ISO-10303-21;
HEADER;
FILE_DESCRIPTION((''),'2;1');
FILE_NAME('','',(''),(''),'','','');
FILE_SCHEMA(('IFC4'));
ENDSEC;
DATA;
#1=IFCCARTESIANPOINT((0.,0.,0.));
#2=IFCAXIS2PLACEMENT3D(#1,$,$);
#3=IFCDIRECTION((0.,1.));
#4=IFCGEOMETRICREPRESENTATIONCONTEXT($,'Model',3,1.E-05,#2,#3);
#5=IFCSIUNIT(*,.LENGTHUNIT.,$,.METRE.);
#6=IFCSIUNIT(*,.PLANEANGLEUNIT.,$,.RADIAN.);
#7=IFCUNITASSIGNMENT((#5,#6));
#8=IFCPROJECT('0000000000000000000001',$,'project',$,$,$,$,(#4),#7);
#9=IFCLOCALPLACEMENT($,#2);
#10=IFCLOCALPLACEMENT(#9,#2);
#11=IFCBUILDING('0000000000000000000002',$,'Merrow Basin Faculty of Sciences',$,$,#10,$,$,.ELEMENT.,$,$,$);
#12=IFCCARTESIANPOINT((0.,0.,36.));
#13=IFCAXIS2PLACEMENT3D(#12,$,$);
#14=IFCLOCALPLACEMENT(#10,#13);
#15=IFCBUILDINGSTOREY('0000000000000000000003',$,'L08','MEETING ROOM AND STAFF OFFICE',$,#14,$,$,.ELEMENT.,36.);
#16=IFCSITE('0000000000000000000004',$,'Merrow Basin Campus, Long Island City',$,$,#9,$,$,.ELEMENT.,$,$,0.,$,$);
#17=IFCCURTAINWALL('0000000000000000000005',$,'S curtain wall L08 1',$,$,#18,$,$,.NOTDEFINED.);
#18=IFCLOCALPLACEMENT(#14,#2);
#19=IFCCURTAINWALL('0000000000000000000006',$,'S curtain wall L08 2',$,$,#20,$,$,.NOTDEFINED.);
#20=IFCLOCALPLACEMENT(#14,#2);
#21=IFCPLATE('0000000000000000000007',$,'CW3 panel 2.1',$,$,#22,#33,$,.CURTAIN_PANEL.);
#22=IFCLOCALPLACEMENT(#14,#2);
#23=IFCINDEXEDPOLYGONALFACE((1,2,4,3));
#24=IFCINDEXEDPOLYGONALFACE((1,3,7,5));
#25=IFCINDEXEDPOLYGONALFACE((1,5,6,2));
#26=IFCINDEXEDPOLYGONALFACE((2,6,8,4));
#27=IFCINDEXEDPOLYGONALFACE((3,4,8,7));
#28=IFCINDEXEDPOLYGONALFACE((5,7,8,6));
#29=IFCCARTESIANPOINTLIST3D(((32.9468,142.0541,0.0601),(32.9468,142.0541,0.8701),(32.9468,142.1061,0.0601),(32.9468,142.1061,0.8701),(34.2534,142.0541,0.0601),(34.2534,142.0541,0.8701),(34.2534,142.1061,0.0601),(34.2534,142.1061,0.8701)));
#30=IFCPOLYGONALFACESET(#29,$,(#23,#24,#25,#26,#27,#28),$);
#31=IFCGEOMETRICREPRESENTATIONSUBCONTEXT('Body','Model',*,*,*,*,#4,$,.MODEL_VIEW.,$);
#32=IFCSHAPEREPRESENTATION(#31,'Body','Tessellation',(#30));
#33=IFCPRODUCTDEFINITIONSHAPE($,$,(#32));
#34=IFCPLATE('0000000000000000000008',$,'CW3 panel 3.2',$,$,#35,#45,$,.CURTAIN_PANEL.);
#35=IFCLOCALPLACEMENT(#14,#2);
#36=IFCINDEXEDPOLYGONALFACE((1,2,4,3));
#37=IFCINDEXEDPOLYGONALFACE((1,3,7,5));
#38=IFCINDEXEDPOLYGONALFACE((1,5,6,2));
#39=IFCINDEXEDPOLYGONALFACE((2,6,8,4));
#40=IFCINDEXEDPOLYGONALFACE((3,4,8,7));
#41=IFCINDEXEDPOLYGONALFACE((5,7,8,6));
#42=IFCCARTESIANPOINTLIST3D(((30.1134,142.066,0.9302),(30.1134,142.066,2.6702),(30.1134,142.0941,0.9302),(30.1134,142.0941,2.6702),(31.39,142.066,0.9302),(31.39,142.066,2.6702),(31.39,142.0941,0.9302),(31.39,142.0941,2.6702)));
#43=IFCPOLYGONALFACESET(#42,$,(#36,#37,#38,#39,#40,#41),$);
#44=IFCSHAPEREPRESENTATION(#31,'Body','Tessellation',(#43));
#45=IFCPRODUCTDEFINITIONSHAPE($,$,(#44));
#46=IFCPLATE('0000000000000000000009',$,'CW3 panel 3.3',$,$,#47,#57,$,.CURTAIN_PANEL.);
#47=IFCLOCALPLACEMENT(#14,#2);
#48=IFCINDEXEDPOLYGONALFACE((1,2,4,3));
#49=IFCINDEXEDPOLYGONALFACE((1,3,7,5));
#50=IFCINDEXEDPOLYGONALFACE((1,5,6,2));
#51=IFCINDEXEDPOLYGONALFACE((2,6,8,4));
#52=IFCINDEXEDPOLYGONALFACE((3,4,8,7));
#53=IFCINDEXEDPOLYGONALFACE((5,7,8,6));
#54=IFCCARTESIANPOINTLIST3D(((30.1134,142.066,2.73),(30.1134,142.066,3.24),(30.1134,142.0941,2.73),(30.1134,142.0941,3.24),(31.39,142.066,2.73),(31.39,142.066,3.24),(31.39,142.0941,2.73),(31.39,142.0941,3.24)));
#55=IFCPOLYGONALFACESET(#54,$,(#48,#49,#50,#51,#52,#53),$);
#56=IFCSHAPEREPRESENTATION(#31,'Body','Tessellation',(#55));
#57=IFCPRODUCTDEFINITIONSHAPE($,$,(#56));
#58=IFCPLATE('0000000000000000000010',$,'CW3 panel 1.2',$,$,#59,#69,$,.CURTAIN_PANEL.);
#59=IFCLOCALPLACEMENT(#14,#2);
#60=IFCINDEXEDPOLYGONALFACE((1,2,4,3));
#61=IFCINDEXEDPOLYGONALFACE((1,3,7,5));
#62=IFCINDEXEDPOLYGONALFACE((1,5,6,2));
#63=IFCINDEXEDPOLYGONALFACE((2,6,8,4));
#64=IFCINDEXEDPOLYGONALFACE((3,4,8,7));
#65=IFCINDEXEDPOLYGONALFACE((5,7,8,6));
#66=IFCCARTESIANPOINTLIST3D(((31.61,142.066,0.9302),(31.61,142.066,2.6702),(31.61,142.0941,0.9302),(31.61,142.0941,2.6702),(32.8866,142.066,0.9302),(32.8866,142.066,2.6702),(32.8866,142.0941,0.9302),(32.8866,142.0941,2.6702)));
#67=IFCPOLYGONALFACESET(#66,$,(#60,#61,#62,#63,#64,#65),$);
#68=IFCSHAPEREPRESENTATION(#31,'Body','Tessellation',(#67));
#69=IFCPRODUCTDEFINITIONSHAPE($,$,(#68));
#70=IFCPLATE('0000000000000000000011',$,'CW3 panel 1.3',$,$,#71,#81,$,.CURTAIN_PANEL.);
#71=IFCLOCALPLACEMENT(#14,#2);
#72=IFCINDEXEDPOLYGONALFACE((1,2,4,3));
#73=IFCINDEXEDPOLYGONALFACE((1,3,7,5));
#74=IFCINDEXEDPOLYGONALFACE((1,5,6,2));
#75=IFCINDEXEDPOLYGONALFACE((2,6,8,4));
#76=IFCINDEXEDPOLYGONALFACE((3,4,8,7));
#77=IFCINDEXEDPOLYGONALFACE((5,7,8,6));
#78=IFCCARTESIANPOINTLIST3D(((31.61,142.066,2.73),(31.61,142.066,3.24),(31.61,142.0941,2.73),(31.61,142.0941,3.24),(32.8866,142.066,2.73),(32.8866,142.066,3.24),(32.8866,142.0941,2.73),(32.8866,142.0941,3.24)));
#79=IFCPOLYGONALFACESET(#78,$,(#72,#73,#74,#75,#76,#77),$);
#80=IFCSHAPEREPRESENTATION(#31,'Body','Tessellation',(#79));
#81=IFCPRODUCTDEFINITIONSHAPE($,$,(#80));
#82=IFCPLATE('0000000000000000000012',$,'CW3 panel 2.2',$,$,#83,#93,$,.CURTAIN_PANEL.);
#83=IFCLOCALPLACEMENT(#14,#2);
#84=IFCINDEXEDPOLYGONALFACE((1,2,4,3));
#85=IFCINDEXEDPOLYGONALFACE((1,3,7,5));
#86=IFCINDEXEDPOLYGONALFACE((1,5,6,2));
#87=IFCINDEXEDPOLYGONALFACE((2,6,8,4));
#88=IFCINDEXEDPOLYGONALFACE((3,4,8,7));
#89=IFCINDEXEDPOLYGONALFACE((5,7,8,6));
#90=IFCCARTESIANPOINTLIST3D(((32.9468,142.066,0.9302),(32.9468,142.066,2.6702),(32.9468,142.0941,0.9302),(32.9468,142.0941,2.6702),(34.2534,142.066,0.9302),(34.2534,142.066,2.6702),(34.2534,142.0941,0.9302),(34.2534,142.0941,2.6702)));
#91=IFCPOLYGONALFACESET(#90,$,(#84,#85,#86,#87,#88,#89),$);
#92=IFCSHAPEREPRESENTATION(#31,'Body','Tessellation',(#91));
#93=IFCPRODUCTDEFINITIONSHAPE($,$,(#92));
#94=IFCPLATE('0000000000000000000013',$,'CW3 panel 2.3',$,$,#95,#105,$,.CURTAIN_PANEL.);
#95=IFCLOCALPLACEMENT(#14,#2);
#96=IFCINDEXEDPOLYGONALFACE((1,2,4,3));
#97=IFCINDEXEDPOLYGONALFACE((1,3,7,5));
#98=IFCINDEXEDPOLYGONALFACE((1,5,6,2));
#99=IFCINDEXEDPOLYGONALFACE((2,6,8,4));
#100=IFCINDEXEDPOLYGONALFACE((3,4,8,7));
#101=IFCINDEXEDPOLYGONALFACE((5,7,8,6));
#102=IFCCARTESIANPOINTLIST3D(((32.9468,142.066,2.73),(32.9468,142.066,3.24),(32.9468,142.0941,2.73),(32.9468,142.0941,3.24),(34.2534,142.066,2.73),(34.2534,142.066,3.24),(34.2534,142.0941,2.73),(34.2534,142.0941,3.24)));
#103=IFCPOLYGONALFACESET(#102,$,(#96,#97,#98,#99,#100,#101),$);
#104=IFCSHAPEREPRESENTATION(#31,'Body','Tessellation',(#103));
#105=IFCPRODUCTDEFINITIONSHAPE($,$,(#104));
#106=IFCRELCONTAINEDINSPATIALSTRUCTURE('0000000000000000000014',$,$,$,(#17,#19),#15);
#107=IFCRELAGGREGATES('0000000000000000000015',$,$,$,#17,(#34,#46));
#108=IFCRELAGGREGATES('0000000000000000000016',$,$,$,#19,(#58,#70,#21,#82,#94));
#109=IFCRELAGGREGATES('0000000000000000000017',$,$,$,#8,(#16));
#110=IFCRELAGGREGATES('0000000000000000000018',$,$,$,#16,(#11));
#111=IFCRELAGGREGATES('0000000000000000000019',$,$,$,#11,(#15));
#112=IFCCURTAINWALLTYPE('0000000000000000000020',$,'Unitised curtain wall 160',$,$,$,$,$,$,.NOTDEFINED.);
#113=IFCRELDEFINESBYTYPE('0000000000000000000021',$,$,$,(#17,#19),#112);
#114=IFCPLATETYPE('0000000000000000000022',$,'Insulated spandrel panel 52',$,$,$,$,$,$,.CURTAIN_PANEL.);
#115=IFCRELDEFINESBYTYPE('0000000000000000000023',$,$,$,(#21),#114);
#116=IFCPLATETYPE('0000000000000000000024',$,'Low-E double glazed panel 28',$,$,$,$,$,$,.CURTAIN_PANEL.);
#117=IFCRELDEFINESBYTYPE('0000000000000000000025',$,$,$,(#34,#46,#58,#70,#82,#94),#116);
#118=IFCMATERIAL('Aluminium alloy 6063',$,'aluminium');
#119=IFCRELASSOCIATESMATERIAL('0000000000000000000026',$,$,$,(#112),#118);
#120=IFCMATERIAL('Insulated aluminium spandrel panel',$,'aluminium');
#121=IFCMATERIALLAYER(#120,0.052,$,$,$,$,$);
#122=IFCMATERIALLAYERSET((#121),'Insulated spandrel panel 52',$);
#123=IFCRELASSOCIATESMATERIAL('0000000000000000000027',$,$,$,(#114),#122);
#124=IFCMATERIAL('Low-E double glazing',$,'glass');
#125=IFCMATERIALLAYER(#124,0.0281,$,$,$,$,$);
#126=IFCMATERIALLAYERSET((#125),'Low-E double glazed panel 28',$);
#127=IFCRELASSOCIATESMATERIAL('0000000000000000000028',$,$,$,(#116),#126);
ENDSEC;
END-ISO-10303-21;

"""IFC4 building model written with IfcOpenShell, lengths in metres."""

from ifc_helpers import new_model, si_unit, direction, frame, origin, origin_2d, place, context, subcontext, project, spatial, rectangle, extrude, material, layer, layer_set, type_object, element, aggregate, save


model = new_model("IFC4")

# Units and contexts
model_context = context("Model", 3, precision=1e-05, world=origin(), true_north=direction((0.0, 1.0)))
body_context = subcontext(model_context, "Body", "Model", "MODEL_VIEW")
ifc_project = project(units=[si_unit("LENGTHUNIT", "METRE"), si_unit("PLANEANGLEUNIT", "RADIAN")], contexts=[model_context])

# Site, building, storey
site_placement = place(None, origin())
site = spatial("IfcSite", under=ifc_project, at=site_placement, Name="Merrow Basin Campus, Long Island City", CompositionType="ELEMENT", RefElevation=0.0)
building_placement = place(site_placement, origin())
building = spatial("IfcBuilding", under=site, at=building_placement, Name="Merrow Basin Faculty of Sciences", CompositionType="ELEMENT")
storey_placement = place(building_placement, frame((0.0, 0.0, 36.0)))
storey = spatial("IfcBuildingStorey", under=building, at=storey_placement, Name="L08", Description="MEETING ROOM AND STAFF OFFICE", CompositionType="ELEMENT", Elevation=36.0)

# Curtain wall
ifc_material_1 = material(Name="Aluminium alloy 6063", Category="aluminium")
curtain_wall_type = type_object("IfcCurtainWallType", Name="Unitised curtain wall 160", PredefinedType="NOTDEFINED", material=ifc_material_1)
curtain_wall_1_placement = place(storey_placement, origin())
curtain_wall_1 = element("IfcCurtainWall", 1, at=curtain_wall_1_placement, inside=storey, type_object=curtain_wall_type, Name="S curtain wall L08 1", PredefinedType="NOTDEFINED")

# Curtain wall, plate
curtain_wall_2_placement = place(storey_placement, origin())
curtain_wall_2 = element("IfcCurtainWall", 2, at=curtain_wall_2_placement, inside=storey, type_object=curtain_wall_type, Name="S curtain wall L08 2", PredefinedType="NOTDEFINED")
ifc_material_2 = material(Name="Insulated aluminium spandrel panel", Category="aluminium")
ifc_layer_1 = layer(ifc_material_2, 0.052)
ifc_layer_set_1 = layer_set([ifc_layer_1], Name="Insulated spandrel panel 52")
plate_type_1 = type_object("IfcPlateType", Name="Insulated spandrel panel 52", PredefinedType="CURTAIN_PANEL", material=ifc_layer_set_1)
plate_1_placement = place(storey_placement, frame((33.6001, 142.0801, 0.0601), z_axis=(0.0, 0.0, 1.0), x_axis=(1.0, 0.0, 0.0)))
plate_1 = element("IfcPlate", 3, at=plate_1_placement, type_object=plate_type_1, Name="CW3 panel 2.1", PredefinedType="CURTAIN_PANEL", context=body_context, shape_type="SweptSolid", body=[
    extrude(rectangle(XDim=1.3066, YDim=0.052, at=origin_2d()), origin(), (0.0, 0.0, 1.0), 0.8101),
])

# Plates
ifc_material_3 = material(Name="Low-E double glazing", Category="glass")
ifc_layer_2 = layer(ifc_material_3, 0.0281)
ifc_layer_set_2 = layer_set([ifc_layer_2], Name="Low-E double glazed panel 28")
plate_type_2 = type_object("IfcPlateType", Name="Low-E double glazed panel 28", PredefinedType="CURTAIN_PANEL", material=ifc_layer_set_2)
plate_2_placement = place(storey_placement, frame((30.7517, 142.0801, 0.9302), z_axis=(0.0, 0.0, 1.0), x_axis=(1.0, 0.0, 0.0)))
plate_2 = element("IfcPlate", 4, at=plate_2_placement, type_object=plate_type_2, Name="CW3 panel 3.2", PredefinedType="CURTAIN_PANEL", context=body_context, shape_type="SweptSolid", body=[
    extrude(rectangle(XDim=1.2766, YDim=0.0281, at=origin_2d()), origin(), (0.0, 0.0, 1.0), 1.74),
])
plate_3_placement = place(storey_placement, frame((30.7517, 142.0801, 2.73), z_axis=(0.0, 0.0, 1.0), x_axis=(1.0, 0.0, 0.0)))
plate_3 = element("IfcPlate", 5, at=plate_3_placement, type_object=plate_type_2, Name="CW3 panel 3.3", PredefinedType="CURTAIN_PANEL", context=body_context, shape_type="SweptSolid", body=[
    extrude(rectangle(XDim=1.2766, YDim=0.0281, at=origin_2d()), origin(), (0.0, 0.0, 1.0), 0.51),
])
aggregate(curtain_wall_1, [plate_2, plate_3])
plate_4_placement = place(storey_placement, frame((32.2483, 142.0801, 0.9302), z_axis=(0.0, 0.0, 1.0), x_axis=(1.0, 0.0, 0.0)))
plate_4 = element("IfcPlate", 6, at=plate_4_placement, type_object=plate_type_2, Name="CW3 panel 1.2", PredefinedType="CURTAIN_PANEL", context=body_context, shape_type="SweptSolid", body=[
    extrude(rectangle(XDim=1.2766, YDim=0.0281, at=origin_2d()), origin(), (0.0, 0.0, 1.0), 1.74),
])
plate_5_placement = place(storey_placement, frame((32.2483, 142.0801, 2.73), z_axis=(0.0, 0.0, 1.0), x_axis=(1.0, 0.0, 0.0)))
plate_5 = element("IfcPlate", 7, at=plate_5_placement, type_object=plate_type_2, Name="CW3 panel 1.3", PredefinedType="CURTAIN_PANEL", context=body_context, shape_type="SweptSolid", body=[
    extrude(rectangle(XDim=1.2766, YDim=0.0281, at=origin_2d()), origin(), (0.0, 0.0, 1.0), 0.51),
])
plate_6_placement = place(storey_placement, frame((33.6001, 142.0801, 0.9302), z_axis=(0.0, 0.0, 1.0), x_axis=(1.0, 0.0, 0.0)))
plate_6 = element("IfcPlate", 8, at=plate_6_placement, type_object=plate_type_2, Name="CW3 panel 2.2", PredefinedType="CURTAIN_PANEL", context=body_context, shape_type="SweptSolid", body=[
    extrude(rectangle(XDim=1.3066, YDim=0.0281, at=origin_2d()), origin(), (0.0, 0.0, 1.0), 1.74),
])
plate_7_placement = place(storey_placement, frame((33.6001, 142.0801, 2.73), z_axis=(0.0, 0.0, 1.0), x_axis=(1.0, 0.0, 0.0)))
plate_7 = element("IfcPlate", 9, at=plate_7_placement, type_object=plate_type_2, Name="CW3 panel 2.3", PredefinedType="CURTAIN_PANEL", context=body_context, shape_type="SweptSolid", body=[
    extrude(rectangle(XDim=1.3066, YDim=0.0281, at=origin_2d()), origin(), (0.0, 0.0, 1.0), 0.51),
])
aggregate(curtain_wall_2, [plate_4, plate_5, plate_1, plate_6, plate_7])

save(model, "model.ifc")
